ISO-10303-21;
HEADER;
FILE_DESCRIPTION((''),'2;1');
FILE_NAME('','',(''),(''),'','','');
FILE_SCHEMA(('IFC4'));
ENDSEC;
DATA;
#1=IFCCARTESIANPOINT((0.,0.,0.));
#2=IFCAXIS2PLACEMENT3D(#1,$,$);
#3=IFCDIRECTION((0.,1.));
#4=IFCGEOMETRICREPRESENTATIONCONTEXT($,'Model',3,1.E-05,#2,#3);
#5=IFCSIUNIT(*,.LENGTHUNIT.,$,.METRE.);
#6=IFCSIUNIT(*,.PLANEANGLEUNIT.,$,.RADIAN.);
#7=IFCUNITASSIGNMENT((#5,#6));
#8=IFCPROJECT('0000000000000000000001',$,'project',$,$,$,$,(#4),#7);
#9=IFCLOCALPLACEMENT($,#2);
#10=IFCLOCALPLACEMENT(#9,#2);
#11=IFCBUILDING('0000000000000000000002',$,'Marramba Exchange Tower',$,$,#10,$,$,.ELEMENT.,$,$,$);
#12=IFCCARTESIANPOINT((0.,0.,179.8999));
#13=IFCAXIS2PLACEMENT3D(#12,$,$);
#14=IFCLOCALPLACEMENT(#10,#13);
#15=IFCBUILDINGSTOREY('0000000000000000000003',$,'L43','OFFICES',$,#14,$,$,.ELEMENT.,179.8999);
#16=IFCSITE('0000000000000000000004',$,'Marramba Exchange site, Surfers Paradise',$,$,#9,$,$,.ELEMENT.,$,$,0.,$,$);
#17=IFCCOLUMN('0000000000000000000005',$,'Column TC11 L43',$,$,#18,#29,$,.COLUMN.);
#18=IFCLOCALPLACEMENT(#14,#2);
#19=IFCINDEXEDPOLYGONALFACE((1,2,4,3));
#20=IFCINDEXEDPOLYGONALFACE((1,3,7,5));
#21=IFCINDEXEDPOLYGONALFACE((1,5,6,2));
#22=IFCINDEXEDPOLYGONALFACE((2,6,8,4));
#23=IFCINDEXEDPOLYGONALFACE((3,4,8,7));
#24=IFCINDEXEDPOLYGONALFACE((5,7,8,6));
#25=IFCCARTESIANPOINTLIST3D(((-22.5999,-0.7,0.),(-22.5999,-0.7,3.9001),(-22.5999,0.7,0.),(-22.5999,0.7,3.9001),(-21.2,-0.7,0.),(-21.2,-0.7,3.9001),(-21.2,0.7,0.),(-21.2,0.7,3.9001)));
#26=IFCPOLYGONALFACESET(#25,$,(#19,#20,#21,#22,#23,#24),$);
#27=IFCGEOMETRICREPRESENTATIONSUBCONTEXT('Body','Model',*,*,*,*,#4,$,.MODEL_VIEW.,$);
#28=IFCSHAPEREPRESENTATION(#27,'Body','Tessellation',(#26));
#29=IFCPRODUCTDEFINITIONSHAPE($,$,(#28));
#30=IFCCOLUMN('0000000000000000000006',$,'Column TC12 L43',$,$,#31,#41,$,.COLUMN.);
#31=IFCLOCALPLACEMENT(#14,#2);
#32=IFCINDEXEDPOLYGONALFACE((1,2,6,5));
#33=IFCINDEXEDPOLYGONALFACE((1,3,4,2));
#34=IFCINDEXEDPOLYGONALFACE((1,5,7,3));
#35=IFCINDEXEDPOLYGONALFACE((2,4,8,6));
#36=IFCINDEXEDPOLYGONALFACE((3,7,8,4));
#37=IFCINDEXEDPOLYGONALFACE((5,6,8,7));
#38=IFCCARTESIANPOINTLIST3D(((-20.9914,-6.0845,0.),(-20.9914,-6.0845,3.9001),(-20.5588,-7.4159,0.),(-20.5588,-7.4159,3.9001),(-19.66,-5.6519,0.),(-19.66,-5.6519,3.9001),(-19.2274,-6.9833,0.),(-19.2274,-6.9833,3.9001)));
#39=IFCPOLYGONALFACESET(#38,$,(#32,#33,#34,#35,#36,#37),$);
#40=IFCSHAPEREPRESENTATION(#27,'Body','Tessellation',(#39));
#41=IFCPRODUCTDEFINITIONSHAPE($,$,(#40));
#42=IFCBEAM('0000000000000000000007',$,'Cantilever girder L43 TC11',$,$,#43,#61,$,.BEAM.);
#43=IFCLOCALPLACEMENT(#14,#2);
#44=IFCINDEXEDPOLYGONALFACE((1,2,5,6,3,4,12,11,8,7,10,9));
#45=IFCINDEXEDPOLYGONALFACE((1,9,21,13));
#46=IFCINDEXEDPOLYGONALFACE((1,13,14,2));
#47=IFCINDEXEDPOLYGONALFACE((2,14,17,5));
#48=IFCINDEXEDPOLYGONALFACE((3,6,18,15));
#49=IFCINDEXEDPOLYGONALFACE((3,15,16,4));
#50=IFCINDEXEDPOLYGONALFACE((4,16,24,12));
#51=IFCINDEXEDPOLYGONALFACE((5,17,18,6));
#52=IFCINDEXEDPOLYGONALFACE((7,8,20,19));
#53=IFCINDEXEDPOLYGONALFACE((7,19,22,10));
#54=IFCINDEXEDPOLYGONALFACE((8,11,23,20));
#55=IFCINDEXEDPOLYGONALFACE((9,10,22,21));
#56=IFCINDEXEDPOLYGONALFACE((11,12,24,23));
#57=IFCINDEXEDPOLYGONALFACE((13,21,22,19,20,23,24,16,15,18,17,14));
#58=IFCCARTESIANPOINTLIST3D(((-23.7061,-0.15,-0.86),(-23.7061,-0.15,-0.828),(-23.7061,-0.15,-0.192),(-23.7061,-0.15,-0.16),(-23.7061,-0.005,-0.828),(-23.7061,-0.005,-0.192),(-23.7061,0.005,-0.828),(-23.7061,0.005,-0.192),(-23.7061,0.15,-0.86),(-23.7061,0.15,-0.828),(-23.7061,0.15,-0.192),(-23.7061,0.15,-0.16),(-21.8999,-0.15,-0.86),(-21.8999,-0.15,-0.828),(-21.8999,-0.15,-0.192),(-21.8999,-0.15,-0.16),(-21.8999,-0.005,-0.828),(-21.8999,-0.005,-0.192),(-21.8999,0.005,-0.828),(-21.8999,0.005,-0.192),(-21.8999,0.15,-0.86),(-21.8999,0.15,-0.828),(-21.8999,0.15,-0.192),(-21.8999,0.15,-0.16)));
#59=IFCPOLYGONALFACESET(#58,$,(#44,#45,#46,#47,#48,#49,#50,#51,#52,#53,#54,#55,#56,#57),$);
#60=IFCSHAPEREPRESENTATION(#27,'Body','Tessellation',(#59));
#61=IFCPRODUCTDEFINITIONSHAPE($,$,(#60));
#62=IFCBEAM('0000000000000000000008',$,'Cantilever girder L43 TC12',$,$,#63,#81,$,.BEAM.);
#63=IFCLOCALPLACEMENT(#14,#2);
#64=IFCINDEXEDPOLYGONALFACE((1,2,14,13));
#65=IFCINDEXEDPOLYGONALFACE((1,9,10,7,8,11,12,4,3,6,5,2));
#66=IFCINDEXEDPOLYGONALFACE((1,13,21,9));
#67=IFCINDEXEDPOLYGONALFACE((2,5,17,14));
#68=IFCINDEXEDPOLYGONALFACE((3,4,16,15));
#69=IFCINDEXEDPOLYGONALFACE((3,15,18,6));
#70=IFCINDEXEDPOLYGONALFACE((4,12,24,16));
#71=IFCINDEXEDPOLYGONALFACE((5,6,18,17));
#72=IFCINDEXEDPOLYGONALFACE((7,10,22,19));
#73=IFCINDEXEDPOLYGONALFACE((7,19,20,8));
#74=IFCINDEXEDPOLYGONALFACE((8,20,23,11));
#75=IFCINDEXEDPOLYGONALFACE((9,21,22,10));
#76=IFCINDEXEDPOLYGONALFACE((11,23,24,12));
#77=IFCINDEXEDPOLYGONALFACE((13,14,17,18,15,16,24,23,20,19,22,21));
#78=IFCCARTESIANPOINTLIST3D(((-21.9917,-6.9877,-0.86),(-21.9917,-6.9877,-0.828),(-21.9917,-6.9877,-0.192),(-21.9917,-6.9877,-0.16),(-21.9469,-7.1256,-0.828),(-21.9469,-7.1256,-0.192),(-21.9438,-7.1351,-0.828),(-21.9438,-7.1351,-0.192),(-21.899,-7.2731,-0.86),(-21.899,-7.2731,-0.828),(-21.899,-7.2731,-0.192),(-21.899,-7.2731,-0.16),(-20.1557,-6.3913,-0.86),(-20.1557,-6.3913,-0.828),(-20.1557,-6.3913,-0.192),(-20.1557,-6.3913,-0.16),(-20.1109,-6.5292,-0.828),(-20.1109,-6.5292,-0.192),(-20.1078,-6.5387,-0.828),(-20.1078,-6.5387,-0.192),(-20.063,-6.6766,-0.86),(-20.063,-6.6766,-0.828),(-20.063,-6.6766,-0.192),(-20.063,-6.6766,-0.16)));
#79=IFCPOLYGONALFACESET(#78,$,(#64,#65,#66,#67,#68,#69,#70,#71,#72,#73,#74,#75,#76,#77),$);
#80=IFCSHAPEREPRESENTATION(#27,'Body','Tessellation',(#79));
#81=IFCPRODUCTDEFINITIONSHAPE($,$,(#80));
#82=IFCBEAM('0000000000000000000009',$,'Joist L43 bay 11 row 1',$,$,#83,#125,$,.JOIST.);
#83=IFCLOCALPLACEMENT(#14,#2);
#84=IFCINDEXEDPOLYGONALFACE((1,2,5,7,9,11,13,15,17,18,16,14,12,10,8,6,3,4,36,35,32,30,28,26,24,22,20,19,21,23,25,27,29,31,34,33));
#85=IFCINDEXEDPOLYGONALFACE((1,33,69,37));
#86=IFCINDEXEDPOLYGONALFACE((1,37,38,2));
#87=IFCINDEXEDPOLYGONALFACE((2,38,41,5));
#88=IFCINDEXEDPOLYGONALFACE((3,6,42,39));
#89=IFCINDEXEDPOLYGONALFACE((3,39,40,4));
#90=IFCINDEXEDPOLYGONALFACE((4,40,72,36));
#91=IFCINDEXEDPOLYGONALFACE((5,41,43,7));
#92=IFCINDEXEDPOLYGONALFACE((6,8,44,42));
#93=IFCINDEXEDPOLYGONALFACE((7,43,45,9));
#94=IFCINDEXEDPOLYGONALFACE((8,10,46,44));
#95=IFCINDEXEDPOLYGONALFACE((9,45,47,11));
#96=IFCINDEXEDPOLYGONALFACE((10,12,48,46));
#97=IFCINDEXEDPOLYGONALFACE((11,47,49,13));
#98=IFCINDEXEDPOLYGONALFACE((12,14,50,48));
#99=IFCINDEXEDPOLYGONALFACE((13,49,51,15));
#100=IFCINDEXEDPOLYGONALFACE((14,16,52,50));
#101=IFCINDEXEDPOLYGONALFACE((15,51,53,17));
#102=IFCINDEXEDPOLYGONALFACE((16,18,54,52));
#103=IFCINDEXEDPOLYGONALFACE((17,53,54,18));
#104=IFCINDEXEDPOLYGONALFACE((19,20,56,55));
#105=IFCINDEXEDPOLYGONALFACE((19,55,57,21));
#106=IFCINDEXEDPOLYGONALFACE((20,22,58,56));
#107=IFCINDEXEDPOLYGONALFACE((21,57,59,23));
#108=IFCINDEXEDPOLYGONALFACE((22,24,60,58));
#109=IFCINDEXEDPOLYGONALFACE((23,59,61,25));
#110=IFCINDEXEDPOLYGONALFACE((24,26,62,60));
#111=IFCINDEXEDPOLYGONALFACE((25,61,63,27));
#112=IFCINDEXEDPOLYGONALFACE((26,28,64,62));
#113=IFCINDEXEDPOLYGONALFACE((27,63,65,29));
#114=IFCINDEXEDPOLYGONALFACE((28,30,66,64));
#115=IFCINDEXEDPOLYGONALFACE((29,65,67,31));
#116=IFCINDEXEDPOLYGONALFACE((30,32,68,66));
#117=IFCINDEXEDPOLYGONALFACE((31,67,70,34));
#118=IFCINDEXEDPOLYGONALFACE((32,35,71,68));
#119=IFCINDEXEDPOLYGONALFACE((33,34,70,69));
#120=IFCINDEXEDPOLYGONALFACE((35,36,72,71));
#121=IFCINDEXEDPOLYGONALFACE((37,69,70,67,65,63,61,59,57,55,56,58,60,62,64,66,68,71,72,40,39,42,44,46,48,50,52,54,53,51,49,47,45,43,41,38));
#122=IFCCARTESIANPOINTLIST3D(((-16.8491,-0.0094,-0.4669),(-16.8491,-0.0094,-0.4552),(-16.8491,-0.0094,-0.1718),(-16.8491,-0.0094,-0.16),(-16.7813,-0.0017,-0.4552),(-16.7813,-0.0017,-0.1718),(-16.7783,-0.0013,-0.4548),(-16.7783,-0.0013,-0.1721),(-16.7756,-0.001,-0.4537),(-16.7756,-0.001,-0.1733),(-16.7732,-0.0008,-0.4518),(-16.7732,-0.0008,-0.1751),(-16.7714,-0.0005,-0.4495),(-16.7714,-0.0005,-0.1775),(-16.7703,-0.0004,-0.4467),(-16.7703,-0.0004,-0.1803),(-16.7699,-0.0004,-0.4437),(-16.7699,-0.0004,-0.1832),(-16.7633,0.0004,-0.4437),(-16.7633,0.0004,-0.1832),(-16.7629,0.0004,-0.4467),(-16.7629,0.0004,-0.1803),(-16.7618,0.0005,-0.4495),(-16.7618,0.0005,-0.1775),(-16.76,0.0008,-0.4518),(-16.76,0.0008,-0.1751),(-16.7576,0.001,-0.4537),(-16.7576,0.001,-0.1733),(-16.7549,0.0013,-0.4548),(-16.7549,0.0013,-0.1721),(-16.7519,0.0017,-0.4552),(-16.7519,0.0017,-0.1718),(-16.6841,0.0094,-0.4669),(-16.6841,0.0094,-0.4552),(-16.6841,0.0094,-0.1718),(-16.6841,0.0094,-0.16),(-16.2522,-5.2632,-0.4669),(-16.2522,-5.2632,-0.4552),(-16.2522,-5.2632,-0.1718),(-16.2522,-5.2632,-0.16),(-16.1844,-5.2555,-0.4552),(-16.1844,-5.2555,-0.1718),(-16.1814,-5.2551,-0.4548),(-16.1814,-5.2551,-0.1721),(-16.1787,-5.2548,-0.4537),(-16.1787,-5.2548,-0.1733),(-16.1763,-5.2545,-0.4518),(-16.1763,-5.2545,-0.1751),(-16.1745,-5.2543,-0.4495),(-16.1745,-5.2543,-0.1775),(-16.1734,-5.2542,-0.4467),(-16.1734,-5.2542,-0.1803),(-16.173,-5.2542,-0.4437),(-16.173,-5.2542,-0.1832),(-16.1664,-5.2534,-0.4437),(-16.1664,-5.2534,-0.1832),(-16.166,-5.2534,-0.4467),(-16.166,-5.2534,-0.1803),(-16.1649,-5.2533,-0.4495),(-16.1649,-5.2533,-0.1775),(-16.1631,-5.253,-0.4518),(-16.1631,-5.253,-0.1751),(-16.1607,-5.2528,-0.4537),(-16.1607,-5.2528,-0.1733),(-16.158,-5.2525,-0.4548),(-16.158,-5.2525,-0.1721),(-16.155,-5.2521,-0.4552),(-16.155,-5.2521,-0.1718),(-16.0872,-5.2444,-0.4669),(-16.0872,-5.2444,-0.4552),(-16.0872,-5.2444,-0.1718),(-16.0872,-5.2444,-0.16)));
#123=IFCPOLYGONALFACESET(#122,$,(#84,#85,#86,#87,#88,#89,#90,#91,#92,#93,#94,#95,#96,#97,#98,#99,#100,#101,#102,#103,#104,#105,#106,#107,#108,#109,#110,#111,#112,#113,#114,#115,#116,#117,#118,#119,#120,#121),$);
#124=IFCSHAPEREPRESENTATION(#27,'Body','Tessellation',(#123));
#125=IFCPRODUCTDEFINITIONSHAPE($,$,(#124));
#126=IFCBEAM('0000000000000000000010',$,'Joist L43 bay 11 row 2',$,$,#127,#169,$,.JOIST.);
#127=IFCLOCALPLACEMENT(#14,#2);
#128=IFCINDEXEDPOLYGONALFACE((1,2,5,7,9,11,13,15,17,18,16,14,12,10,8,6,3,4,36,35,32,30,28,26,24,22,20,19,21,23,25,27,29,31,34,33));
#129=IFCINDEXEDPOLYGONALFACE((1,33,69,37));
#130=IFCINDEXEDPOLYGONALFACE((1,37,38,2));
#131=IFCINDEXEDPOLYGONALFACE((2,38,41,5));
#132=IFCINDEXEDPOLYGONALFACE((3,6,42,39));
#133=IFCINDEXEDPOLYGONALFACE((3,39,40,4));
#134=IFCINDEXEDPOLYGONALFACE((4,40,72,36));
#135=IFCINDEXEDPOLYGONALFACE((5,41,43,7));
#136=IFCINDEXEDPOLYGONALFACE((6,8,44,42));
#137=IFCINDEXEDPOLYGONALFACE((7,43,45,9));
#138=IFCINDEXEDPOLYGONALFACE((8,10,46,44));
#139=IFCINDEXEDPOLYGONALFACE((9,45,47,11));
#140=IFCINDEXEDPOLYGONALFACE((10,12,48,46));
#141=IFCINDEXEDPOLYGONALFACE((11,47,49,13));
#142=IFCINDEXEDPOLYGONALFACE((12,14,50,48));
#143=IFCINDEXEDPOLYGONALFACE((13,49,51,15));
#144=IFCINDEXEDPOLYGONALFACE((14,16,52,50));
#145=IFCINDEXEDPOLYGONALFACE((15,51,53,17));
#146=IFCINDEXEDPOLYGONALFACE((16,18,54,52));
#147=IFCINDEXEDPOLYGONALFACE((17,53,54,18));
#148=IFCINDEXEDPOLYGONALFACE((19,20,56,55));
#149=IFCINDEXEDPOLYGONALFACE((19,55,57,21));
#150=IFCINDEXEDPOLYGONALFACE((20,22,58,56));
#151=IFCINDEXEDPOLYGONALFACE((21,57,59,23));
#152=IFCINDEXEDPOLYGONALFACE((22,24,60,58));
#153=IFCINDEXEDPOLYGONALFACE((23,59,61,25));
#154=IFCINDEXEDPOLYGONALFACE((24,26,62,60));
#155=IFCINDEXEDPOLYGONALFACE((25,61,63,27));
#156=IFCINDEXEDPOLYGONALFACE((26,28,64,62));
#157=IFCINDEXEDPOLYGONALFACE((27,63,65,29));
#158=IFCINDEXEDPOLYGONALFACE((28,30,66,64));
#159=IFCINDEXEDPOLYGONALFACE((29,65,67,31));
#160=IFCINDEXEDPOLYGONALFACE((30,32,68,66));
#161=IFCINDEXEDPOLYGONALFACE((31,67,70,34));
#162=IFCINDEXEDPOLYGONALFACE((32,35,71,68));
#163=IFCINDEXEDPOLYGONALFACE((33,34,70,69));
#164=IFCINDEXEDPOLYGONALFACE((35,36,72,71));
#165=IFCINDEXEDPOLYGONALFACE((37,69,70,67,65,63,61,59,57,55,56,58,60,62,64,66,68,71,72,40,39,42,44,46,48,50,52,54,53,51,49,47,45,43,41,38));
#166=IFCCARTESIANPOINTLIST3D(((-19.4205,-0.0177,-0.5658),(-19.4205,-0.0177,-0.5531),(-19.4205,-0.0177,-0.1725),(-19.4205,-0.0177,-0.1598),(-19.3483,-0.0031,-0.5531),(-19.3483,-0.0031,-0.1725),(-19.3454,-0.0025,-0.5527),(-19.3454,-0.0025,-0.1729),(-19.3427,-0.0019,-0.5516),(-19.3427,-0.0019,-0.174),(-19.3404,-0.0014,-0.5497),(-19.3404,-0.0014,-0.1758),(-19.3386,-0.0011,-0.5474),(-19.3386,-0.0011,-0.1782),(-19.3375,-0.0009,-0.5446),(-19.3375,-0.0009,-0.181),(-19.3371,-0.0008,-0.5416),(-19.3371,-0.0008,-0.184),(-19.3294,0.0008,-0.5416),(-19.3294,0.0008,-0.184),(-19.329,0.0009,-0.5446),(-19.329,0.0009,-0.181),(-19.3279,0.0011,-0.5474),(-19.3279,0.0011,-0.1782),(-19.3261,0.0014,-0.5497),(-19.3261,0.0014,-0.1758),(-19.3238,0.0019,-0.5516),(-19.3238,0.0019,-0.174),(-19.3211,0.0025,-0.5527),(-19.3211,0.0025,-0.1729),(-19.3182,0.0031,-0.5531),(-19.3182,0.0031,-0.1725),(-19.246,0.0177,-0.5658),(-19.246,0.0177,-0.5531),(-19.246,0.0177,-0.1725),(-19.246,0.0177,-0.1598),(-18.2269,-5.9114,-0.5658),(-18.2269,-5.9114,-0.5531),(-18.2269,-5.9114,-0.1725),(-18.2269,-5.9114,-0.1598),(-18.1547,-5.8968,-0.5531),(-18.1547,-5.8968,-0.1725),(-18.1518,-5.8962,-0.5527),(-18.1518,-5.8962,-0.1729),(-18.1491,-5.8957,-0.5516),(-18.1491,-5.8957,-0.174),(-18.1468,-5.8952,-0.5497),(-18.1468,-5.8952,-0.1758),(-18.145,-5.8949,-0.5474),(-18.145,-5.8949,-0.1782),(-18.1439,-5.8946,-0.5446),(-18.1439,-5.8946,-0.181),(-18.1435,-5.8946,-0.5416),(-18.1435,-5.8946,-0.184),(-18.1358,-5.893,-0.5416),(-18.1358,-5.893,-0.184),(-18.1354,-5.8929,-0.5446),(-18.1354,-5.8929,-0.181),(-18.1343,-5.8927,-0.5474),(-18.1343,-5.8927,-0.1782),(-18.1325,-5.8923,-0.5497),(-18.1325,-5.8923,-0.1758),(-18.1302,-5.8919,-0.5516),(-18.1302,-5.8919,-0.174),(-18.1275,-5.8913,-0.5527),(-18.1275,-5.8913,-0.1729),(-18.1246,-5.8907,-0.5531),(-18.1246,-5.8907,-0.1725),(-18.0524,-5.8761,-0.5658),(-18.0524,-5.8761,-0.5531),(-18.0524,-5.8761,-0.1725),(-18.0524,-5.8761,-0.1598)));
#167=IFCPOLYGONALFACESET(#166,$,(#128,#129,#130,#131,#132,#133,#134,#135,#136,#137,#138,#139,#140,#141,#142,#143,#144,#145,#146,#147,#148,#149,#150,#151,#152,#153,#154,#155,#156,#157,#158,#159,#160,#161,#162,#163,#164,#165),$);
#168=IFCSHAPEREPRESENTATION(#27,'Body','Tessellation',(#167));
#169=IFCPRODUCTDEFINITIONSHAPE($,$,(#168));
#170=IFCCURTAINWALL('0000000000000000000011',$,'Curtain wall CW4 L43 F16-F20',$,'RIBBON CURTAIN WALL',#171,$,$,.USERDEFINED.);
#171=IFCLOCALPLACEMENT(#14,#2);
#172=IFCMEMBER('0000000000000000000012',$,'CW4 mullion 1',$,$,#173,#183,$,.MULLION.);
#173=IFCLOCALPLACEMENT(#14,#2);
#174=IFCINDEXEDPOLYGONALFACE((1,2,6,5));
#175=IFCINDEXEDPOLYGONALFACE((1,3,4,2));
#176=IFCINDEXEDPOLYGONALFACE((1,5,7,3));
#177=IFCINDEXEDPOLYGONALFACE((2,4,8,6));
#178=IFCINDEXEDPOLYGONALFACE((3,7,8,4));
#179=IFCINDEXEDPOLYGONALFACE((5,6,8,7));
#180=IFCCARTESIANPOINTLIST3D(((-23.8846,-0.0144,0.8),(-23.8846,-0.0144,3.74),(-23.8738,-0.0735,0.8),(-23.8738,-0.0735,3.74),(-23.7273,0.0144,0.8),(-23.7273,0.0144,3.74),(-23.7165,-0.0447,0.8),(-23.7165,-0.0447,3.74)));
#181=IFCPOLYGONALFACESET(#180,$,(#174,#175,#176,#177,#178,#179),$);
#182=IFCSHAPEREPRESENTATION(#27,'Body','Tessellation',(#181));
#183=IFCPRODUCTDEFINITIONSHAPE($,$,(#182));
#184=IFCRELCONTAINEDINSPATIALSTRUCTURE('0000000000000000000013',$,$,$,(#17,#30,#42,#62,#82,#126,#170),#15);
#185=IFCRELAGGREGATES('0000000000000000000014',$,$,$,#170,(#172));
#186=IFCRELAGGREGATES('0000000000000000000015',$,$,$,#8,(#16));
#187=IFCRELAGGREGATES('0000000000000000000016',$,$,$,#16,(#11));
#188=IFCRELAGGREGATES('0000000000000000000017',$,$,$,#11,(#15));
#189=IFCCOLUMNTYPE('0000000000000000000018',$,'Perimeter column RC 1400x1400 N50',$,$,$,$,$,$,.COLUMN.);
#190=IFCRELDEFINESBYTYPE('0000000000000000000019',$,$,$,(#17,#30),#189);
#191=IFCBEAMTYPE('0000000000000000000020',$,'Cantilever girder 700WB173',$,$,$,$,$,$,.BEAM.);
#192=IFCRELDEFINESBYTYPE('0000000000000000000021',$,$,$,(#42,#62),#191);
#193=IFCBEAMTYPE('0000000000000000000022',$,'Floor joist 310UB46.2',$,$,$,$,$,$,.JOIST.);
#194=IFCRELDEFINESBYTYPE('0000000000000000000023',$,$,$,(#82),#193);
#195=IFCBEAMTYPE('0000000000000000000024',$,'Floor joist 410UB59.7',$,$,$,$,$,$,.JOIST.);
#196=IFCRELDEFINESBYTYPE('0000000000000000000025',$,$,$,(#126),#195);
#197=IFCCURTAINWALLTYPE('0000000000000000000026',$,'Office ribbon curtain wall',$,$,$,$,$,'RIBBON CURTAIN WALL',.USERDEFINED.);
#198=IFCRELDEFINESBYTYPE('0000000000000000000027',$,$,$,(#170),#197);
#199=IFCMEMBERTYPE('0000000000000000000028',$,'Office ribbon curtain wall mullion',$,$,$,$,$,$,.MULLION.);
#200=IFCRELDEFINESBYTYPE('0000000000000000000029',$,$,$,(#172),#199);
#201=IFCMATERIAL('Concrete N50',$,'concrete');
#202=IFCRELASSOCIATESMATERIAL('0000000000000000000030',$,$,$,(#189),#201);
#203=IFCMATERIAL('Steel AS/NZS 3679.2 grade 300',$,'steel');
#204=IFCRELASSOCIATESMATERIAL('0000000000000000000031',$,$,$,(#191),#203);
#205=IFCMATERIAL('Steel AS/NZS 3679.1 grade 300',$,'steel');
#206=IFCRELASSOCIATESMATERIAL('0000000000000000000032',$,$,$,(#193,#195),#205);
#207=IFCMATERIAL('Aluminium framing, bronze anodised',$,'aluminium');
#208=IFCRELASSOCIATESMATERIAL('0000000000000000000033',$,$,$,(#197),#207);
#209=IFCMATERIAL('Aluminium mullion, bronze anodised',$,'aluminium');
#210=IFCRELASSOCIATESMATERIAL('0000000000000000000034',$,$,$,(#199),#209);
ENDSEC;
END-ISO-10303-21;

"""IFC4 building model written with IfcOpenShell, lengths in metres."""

from ifc_helpers import new_model, si_unit, direction, frame, origin, origin_2d, place, context, subcontext, project, spatial, rectangle, i_section, extrude, material, material_profile, profile_set, type_object, element, aggregate, save


model = new_model("IFC4")

# Units and contexts
model_context = context("Model", 3, precision=1e-05, world=origin(), true_north=direction((0.0, 1.0)))
body_context = subcontext(model_context, "Body", "Model", "MODEL_VIEW")
ifc_project = project(units=[si_unit("LENGTHUNIT", "METRE"), si_unit("PLANEANGLEUNIT", "RADIAN")], contexts=[model_context])

# Site, building, storey
site_placement = place(None, origin())
site = spatial("IfcSite", under=ifc_project, at=site_placement, Name="Marramba Exchange site, Surfers Paradise", CompositionType="ELEMENT", RefElevation=0.0)
building_placement = place(site_placement, origin())
building = spatial("IfcBuilding", under=site, at=building_placement, Name="Marramba Exchange Tower", CompositionType="ELEMENT")
storey_placement = place(building_placement, frame((0.0, 0.0, 179.8999)))
storey = spatial("IfcBuildingStorey", under=building, at=storey_placement, Name="L43", Description="OFFICES", CompositionType="ELEMENT", Elevation=179.8999)

# Columns
ifc_material_1 = material(Name="Concrete N50", Category="concrete")
ifc_material_profile_1 = material_profile(ifc_material_1, rectangle(XDim=1.3999, YDim=1.3999, at=origin_2d()), Name="RC 1400x1400")
ifc_profile_set_1 = profile_set([ifc_material_profile_1], Name="Concrete N50")
column_type = type_object("IfcColumnType", Name="Perimeter column RC 1400x1400 N50", PredefinedType="COLUMN", material=ifc_profile_set_1)
for number, where, z_axis, x_axis, name in (
    (1, (-21.8999, 0.0, 0.0), (0.0, 0.0, 1.0), (-1.0, 0.0, 0.0), "Column TC11 L43"),
    (2, (-20.1094, -6.5339, 0.0), (0.0, 0.0, 1.0), (-0.951057, -0.309017, 0.0), "Column TC12 L43"),
):
    element("IfcColumn", number, at=place(storey_placement, frame(where, z_axis=z_axis, x_axis=x_axis)), inside=storey, type_object=column_type, Name=name, PredefinedType="COLUMN", context=body_context, shape_type="SweptSolid", body=[
        extrude(rectangle(XDim=1.3999, YDim=1.3999, at=origin_2d()), origin(), (0.0, 0.0, 1.0), 3.9001),
    ])

# Beams
ifc_material_2 = material(Name="Steel AS/NZS 3679.2 grade 300", Category="steel")
ifc_material_profile_2 = material_profile(ifc_material_2, i_section(OverallWidth=0.3, OverallDepth=0.7, WebThickness=0.01, FlangeThickness=0.032, at=origin_2d()), Name="700WB173")
ifc_profile_set_2 = profile_set([ifc_material_profile_2], Name="Steel AS/NZS 3679.2 grade 300")
beam_type_1 = type_object("IfcBeamType", Name="Cantilever girder 700WB173", PredefinedType="BEAM", material=ifc_profile_set_2)
beam_1_placement = place(storey_placement, frame((-21.8999, 0.0, -0.51), z_axis=(-1.0, 0.0, 0.0), x_axis=(0.0, -1.0, 0.0)))
element("IfcBeam", 3, at=beam_1_placement, inside=storey, type_object=beam_type_1, Name="Cantilever girder L43 TC11", PredefinedType="BEAM", context=body_context, shape_type="SweptSolid", body=[
    extrude(i_section(OverallWidth=0.3, OverallDepth=0.7, WebThickness=0.01, FlangeThickness=0.032, at=origin_2d()), origin(), (0.0, 0.0, 1.0), 1.8062),
])
beam_2_placement = place(storey_placement, frame((-20.1094, -6.5339, -0.51), z_axis=(-0.951071, -0.308972, 0.0), x_axis=(0.308972, -0.951071, 0.0)))
element("IfcBeam", 4, at=beam_2_placement, inside=storey, type_object=beam_type_1, Name="Cantilever girder L43 TC12", PredefinedType="BEAM", context=body_context, shape_type="SweptSolid", body=[
    extrude(i_section(OverallWidth=0.3, OverallDepth=0.7, WebThickness=0.01, FlangeThickness=0.032, at=origin_2d()), origin(), (0.0, 0.0, 1.0), 1.9304),
])
ifc_material_3 = material(Name="Steel AS/NZS 3679.1 grade 300", Category="steel")
ifc_material_profile_3 = material_profile(ifc_material_3, i_section(OverallWidth=0.166, OverallDepth=0.3069, WebThickness=0.0066, FlangeThickness=0.0117, FilletRadius=0.0115, at=origin_2d()), Name="310UB46.2")
ifc_profile_set_3 = profile_set([ifc_material_profile_3], Name="Steel AS/NZS 3679.1 grade 300")
beam_type_2 = type_object("IfcBeamType", Name="Floor joist 310UB46.2", PredefinedType="JOIST", material=ifc_profile_set_3)
beam_3_placement = place(storey_placement, frame((-16.7666, 0.0, -0.3135), z_axis=(0.112889, -0.993608, 0.0), x_axis=(0.993608, 0.112889, 0.0)))
element("IfcBeam", 5, at=beam_3_placement, inside=storey, type_object=beam_type_2, Name="Joist L43 bay 11 row 1", PredefinedType="JOIST", context=body_context, shape_type="SweptSolid", body=[
    extrude(i_section(OverallWidth=0.166, OverallDepth=0.3069, WebThickness=0.0066, FlangeThickness=0.0117, FilletRadius=0.0115, at=origin_2d()), origin(), (0.0, 0.0, 1.0), 5.2876),
])
ifc_material_profile_4 = material_profile(ifc_material_3, i_section(OverallWidth=0.178, OverallDepth=0.406, WebThickness=0.0078, FlangeThickness=0.0127, FilletRadius=0.0115, at=origin_2d()), Name="410UB59.7")
ifc_profile_set_4 = profile_set([ifc_material_profile_4], Name="Steel AS/NZS 3679.1 grade 300")
beam_type_3 = type_object("IfcBeamType", Name="Floor joist 410UB59.7", PredefinedType="JOIST", material=ifc_profile_set_4)
beam_4_placement = place(storey_placement, frame((-19.3333, 0.0, -0.3628), z_axis=(0.198489, -0.980103, 0.0), x_axis=(0.980103, 0.198489, 0.0)))
element("IfcBeam", 6, at=beam_4_placement, inside=storey, type_object=beam_type_3, Name="Joist L43 bay 11 row 2", PredefinedType="JOIST", context=body_context, shape_type="SweptSolid", body=[
    extrude(i_section(OverallWidth=0.178, OverallDepth=0.406, WebThickness=0.0078, FlangeThickness=0.0127, FilletRadius=0.0115, at=origin_2d()), origin(), (0.0, 0.0, 1.0), 6.0134),
])

# Curtain wall, member
ifc_material_4 = material(Name="Aluminium framing, bronze anodised", Category="aluminium")
curtain_wall_type = type_object("IfcCurtainWallType", Name="Office ribbon curtain wall", ElementType="RIBBON CURTAIN WALL", PredefinedType="USERDEFINED", material=ifc_material_4)
curtain_wall_placement = place(storey_placement, origin())
curtain_wall = element("IfcCurtainWall", 7, at=curtain_wall_placement, inside=storey, type_object=curtain_wall_type, Name="Curtain wall CW4 L43 F16-F20", ObjectType="RIBBON CURTAIN WALL", PredefinedType="USERDEFINED")
ifc_material_5 = material(Name="Aluminium mullion, bronze anodised", Category="aluminium")
ifc_material_profile_5 = material_profile(ifc_material_5, rectangle(XDim=0.1599, YDim=0.0601, at=origin_2d()), Name="CW4 mullion 60x160")
ifc_profile_set_5 = profile_set([ifc_material_profile_5], Name="Aluminium mullion, bronze anodised")
member_type_1 = type_object("IfcMemberType", Name="Office ribbon curtain wall mullion", PredefinedType="MULLION", material=ifc_profile_set_5)
member_1_placement = place(storey_placement, frame((-23.8005, -0.0295, 0.8), z_axis=(0.0, 0.0, 1.0), x_axis=(0.983607, 0.180327, 0.0)))
member_1 = element("IfcMember", 8, at=member_1_placement, type_object=member_type_1, Name="CW4 mullion 1", PredefinedType="MULLION", context=body_context, shape_type="SweptSolid", body=[
    extrude(rectangle(XDim=0.1599, YDim=0.0601, at=origin_2d()), origin(), (0.0, 0.0, 1.0), 2.9399),
])

aggregate(curtain_wall, [member_1])

save(model, "model.ifc")
